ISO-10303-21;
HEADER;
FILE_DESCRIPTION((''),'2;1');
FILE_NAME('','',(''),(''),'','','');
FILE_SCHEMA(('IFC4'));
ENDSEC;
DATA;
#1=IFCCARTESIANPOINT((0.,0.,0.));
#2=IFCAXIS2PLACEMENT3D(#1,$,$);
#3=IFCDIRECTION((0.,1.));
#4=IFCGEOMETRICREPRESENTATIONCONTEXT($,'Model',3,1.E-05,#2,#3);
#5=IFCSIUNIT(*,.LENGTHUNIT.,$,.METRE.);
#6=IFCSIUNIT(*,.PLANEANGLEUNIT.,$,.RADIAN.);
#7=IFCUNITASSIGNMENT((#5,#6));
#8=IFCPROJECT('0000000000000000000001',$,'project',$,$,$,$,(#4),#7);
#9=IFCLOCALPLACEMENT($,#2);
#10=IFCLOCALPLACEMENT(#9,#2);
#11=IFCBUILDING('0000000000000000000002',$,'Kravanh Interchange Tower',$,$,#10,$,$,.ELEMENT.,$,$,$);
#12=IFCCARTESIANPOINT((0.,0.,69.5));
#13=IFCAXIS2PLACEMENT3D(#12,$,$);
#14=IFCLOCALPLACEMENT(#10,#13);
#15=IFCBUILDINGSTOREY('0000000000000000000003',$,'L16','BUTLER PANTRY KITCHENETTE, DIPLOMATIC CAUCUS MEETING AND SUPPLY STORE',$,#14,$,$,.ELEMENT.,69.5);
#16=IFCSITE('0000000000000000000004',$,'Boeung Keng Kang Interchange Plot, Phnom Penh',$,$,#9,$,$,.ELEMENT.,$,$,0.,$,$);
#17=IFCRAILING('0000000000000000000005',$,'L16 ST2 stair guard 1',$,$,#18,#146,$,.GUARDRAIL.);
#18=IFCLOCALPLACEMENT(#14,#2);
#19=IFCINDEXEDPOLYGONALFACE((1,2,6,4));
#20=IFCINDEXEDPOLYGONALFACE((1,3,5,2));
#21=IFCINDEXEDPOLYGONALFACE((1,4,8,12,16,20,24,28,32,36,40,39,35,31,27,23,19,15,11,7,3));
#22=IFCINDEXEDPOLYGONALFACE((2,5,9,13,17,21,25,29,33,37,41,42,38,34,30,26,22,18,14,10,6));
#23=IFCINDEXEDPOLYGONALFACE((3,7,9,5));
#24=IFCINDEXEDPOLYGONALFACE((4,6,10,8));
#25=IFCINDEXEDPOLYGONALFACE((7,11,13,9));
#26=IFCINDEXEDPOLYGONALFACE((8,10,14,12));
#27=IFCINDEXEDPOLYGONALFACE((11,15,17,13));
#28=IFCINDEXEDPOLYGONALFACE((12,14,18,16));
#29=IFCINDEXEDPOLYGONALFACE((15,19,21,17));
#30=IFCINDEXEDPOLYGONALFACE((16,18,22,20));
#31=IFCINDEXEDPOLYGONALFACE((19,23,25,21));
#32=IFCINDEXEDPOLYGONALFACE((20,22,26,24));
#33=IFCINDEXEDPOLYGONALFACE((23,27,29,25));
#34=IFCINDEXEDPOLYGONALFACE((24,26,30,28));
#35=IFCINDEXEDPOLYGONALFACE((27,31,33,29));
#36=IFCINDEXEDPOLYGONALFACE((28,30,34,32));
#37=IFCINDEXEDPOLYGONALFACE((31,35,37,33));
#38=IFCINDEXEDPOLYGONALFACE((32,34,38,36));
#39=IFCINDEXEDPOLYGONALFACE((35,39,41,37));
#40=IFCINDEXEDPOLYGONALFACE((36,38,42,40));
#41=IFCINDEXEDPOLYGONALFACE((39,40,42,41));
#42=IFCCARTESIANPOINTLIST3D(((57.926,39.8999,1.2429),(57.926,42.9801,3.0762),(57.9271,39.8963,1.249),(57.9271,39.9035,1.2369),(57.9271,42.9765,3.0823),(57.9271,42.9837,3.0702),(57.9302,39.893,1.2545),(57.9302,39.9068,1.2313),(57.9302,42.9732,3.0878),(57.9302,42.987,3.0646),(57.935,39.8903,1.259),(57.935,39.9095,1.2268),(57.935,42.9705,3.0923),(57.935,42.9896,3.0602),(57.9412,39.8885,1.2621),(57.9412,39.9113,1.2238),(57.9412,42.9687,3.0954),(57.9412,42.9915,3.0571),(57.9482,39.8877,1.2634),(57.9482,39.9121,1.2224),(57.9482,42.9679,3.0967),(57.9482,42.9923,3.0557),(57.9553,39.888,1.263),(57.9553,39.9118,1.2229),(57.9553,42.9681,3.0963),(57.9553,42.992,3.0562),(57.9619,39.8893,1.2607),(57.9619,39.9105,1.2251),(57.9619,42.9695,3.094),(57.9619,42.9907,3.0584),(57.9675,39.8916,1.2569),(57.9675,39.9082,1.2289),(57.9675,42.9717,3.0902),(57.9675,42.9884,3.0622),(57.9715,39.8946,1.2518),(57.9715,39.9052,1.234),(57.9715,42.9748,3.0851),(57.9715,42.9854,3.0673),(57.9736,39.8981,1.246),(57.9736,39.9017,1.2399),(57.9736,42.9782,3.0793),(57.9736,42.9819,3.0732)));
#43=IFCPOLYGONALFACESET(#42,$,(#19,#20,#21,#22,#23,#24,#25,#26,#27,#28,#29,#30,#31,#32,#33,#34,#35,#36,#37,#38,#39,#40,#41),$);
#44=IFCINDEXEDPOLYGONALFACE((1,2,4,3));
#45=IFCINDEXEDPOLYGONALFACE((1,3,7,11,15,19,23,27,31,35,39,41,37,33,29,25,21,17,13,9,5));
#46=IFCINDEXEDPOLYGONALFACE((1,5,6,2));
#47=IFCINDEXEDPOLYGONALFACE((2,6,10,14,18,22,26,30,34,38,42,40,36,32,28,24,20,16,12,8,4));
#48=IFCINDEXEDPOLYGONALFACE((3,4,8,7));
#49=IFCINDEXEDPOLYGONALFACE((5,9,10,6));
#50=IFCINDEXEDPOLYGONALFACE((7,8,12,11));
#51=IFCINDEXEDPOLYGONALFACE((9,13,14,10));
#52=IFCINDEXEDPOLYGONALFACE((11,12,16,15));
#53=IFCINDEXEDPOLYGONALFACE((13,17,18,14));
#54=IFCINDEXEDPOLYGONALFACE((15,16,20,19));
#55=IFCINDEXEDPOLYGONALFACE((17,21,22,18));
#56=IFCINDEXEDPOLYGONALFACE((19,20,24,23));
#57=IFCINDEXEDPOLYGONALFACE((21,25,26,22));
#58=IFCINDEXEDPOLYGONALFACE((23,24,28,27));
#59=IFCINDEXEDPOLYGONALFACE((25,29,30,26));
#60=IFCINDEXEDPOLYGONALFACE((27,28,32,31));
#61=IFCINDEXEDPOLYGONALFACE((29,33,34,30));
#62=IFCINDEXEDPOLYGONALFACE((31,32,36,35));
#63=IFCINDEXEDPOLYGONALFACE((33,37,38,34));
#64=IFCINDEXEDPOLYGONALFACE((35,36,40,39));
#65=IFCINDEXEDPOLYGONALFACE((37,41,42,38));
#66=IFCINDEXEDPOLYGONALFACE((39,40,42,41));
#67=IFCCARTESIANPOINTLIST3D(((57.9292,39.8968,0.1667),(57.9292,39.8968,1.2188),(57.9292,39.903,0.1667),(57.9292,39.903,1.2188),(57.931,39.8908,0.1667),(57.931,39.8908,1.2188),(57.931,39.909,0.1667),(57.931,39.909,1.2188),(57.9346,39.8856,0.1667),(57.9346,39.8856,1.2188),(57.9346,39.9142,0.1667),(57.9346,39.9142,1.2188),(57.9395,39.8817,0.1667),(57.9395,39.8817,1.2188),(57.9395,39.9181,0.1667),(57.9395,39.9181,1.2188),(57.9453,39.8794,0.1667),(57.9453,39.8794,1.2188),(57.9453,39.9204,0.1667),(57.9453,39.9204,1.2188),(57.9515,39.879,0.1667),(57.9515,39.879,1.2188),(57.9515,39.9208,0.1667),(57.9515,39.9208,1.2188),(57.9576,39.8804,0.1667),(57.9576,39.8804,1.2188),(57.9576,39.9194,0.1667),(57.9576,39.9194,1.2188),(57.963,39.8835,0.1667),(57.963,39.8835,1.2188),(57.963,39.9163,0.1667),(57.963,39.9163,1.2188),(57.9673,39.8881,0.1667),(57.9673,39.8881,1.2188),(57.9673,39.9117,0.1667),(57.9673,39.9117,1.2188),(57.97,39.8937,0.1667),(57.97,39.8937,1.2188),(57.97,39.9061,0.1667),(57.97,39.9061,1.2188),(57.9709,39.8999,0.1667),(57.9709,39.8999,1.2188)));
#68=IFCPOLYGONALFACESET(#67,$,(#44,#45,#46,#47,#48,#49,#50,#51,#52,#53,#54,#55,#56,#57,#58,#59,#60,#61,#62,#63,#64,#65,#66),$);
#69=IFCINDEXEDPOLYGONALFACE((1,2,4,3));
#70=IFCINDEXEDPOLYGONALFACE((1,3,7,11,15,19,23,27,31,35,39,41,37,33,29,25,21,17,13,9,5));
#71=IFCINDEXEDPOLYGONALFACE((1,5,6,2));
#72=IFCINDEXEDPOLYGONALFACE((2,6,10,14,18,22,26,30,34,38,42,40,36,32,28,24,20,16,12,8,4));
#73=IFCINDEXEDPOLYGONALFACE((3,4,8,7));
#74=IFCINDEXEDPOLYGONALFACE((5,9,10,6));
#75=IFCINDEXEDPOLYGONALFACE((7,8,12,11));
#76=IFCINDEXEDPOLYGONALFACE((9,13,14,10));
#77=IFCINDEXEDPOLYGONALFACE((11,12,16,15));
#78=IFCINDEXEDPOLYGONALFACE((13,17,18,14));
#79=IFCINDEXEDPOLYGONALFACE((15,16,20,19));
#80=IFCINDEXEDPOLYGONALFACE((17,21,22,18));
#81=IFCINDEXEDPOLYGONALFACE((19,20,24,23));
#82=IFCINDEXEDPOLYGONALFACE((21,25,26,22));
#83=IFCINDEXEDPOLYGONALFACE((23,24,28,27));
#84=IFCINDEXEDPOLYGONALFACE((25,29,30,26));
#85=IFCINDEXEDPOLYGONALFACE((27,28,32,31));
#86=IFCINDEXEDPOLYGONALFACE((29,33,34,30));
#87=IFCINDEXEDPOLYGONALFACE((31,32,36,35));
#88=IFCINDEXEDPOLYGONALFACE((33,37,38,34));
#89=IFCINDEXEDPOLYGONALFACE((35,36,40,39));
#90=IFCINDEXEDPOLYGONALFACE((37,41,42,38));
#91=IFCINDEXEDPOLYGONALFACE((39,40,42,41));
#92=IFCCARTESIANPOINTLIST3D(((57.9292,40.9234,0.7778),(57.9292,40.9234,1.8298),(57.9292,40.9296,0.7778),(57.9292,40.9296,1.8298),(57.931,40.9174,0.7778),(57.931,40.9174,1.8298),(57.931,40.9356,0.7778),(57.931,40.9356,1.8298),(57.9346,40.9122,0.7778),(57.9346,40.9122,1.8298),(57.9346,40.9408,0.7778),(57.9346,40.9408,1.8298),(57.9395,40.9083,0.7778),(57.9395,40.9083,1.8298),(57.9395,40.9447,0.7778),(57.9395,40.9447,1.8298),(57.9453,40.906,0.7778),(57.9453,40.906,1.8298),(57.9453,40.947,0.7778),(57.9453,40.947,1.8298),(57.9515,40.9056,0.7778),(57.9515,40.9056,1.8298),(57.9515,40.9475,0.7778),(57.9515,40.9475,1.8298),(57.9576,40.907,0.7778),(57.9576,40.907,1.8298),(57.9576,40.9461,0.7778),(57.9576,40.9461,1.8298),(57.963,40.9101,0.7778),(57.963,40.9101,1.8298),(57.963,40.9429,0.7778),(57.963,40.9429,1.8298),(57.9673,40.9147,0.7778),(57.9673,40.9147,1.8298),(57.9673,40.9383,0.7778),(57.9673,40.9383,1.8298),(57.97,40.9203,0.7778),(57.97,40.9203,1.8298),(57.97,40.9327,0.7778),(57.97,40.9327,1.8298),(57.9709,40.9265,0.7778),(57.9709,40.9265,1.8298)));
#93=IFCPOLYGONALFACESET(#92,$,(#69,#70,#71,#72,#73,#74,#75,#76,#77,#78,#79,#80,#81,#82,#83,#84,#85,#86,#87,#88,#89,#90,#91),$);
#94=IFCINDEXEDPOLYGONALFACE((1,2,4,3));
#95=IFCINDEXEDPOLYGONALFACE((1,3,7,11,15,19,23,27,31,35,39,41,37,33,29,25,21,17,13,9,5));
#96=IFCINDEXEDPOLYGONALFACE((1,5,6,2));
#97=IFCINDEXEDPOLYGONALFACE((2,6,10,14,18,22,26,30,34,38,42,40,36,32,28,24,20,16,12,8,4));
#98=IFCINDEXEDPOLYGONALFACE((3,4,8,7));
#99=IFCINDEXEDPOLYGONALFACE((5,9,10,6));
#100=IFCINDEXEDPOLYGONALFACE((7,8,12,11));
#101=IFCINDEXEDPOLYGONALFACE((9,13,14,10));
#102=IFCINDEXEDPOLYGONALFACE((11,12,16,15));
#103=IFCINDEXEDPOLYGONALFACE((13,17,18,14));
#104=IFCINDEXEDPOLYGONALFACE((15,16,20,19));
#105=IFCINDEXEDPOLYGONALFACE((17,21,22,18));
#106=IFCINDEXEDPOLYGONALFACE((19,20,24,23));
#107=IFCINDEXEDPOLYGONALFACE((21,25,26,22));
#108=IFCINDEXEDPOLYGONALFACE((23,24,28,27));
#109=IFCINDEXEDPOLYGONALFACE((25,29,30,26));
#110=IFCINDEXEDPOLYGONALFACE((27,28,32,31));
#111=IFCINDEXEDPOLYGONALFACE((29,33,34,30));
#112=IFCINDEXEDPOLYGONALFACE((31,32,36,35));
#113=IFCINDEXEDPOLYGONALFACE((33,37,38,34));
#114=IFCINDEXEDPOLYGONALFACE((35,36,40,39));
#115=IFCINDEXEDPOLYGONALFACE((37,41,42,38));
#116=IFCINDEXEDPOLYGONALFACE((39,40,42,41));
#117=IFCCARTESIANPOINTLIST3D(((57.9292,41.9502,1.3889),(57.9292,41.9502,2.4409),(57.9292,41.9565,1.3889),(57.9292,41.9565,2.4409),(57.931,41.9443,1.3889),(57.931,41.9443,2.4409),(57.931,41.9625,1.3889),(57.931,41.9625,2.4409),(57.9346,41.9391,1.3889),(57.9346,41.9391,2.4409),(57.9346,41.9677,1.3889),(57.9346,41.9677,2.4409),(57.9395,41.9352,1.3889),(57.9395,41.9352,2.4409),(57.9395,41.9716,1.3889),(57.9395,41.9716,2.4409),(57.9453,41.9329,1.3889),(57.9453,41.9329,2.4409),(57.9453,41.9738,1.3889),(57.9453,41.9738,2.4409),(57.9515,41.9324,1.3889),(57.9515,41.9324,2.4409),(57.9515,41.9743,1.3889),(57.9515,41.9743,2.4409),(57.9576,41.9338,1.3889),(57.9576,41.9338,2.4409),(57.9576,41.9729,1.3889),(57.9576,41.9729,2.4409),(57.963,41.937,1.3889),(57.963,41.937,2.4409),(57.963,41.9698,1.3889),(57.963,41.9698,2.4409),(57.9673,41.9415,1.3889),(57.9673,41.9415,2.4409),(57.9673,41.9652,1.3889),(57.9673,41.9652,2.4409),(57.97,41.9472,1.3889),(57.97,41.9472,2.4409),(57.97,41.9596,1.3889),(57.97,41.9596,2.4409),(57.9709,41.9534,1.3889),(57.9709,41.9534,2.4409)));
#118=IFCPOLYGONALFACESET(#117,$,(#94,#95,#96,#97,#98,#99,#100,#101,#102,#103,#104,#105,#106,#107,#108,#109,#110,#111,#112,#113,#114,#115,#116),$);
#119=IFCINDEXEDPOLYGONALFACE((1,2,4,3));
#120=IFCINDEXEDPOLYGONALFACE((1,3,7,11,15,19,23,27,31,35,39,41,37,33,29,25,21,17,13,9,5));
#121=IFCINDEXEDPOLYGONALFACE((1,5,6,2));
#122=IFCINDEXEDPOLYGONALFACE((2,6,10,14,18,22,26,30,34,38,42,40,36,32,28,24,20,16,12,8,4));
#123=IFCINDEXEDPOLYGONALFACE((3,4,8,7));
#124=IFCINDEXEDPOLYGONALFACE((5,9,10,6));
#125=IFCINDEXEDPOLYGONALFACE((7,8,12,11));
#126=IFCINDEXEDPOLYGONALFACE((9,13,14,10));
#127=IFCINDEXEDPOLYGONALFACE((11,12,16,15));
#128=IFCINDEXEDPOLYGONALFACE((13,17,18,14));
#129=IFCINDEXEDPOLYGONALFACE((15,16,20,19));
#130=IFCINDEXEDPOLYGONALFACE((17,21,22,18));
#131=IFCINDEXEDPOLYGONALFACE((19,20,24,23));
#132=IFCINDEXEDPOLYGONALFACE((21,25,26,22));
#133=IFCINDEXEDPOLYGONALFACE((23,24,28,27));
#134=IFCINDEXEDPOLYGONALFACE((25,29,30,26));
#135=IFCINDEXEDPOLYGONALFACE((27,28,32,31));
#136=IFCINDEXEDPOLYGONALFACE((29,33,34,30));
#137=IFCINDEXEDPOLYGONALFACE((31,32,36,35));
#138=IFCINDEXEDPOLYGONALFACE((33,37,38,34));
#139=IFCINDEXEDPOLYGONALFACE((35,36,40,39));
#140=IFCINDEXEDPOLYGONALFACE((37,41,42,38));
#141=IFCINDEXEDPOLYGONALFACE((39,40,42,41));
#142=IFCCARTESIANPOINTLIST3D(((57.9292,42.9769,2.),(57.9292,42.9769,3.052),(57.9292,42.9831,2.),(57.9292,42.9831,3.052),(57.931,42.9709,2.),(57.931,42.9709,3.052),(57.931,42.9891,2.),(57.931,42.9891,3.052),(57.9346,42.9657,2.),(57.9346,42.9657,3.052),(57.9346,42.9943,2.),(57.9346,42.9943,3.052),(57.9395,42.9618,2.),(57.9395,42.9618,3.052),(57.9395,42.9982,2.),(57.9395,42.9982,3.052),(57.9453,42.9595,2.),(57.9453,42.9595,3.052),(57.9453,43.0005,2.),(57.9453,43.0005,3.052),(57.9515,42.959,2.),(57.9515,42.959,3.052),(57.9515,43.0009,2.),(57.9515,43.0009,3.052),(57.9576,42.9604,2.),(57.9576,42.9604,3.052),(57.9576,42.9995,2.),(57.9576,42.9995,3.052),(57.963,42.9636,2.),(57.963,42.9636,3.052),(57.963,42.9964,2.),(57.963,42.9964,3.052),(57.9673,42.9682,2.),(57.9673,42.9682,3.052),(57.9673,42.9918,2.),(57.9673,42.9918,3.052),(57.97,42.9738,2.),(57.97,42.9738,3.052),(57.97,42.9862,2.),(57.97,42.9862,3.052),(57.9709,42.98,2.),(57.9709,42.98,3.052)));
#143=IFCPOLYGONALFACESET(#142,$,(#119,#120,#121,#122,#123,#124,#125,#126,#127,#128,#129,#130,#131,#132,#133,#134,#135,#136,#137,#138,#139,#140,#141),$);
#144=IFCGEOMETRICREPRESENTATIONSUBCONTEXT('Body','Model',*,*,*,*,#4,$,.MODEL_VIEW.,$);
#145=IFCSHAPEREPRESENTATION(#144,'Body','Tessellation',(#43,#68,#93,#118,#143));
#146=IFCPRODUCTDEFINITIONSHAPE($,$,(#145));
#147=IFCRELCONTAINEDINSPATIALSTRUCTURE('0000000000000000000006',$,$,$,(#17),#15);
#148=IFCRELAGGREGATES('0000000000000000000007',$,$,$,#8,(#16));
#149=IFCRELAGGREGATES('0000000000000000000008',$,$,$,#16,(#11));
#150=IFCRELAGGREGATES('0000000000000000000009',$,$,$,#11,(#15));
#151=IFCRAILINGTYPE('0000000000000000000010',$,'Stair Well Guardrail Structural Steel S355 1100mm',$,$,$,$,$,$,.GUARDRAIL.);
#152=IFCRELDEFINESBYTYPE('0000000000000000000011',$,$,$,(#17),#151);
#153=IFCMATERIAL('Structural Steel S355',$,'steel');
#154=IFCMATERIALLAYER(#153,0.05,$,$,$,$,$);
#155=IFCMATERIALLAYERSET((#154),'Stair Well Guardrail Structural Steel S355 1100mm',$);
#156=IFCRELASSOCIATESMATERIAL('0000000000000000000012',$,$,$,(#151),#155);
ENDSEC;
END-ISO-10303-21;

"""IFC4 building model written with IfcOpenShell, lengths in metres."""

from ifc_helpers import new_model, si_unit, direction, frame, origin, origin_2d, place, context, subcontext, project, spatial, circle, extrude, material, layer, layer_set, type_object, element, save


model = new_model("IFC4")

# Units and contexts
model_context = context("Model", 3, precision=1e-05, world=origin(), true_north=direction((0.0, 1.0)))
body_context = subcontext(model_context, "Body", "Model", "MODEL_VIEW")
ifc_project = project(units=[si_unit("LENGTHUNIT", "METRE"), si_unit("PLANEANGLEUNIT", "RADIAN")], contexts=[model_context])

# Site, building, storey
site_placement = place(None, origin())
site = spatial("IfcSite", under=ifc_project, at=site_placement, Name="Boeung Keng Kang Interchange Plot, Phnom Penh", CompositionType="ELEMENT", RefElevation=0.0)
building_placement = place(site_placement, origin())
building = spatial("IfcBuilding", under=site, at=building_placement, Name="Kravanh Interchange Tower", CompositionType="ELEMENT")
storey_placement = place(building_placement, frame((0.0, 0.0, 69.5)))
storey = spatial("IfcBuildingStorey", under=building, at=storey_placement, Name="L16", Description="BUTLER PANTRY KITCHENETTE, DIPLOMATIC CAUCUS MEETING AND SUPPLY STORE", CompositionType="ELEMENT", Elevation=69.5)

# Railing
ifc_material_1 = material(Name="Structural Steel S355", Category="steel")
ifc_layer_1 = layer(ifc_material_1, 0.05)
ifc_layer_set_1 = layer_set([ifc_layer_1], Name="Stair Well Guardrail Structural Steel S355 1100mm")
railing_type_1 = type_object("IfcRailingType", Name="Stair Well Guardrail Structural Steel S355 1100mm", PredefinedType="GUARDRAIL", material=ifc_layer_set_1)
railing_1_placement = place(storey_placement, frame((57.95, 39.8999, 0.1667)))
element("IfcRailing", 1, at=railing_1_placement, inside=storey, type_object=railing_type_1, Name="L16 ST2 stair guard 1", PredefinedType="GUARDRAIL", context=body_context, shape_type="SweptSolid", body=[
    extrude(circle(Radius=0.0239, at=origin_2d()), frame((0.0, 0.0, 1.0762), z_axis=(0.0, 0.859309, 0.511458), x_axis=(-1.0, 0.0, 0.0)), (0.0, 0.0, 1.0), 3.5845),
    extrude(circle(Radius=0.021, at=origin_2d()), origin(), (0.0, 0.0, 1.0), 1.052),
    extrude(circle(Radius=0.021, at=origin_2d()), frame((0.0, 1.0266, 0.6111)), (0.0, 0.0, 1.0), 1.052),
    extrude(circle(Radius=0.021, at=origin_2d()), frame((0.0, 2.0535, 1.2222)), (0.0, 0.0, 1.0), 1.052),
    extrude(circle(Radius=0.021, at=origin_2d()), frame((0.0, 3.0801, 1.8333)), (0.0, 0.0, 1.0), 1.052),
])

save(model, "model.ifc")
